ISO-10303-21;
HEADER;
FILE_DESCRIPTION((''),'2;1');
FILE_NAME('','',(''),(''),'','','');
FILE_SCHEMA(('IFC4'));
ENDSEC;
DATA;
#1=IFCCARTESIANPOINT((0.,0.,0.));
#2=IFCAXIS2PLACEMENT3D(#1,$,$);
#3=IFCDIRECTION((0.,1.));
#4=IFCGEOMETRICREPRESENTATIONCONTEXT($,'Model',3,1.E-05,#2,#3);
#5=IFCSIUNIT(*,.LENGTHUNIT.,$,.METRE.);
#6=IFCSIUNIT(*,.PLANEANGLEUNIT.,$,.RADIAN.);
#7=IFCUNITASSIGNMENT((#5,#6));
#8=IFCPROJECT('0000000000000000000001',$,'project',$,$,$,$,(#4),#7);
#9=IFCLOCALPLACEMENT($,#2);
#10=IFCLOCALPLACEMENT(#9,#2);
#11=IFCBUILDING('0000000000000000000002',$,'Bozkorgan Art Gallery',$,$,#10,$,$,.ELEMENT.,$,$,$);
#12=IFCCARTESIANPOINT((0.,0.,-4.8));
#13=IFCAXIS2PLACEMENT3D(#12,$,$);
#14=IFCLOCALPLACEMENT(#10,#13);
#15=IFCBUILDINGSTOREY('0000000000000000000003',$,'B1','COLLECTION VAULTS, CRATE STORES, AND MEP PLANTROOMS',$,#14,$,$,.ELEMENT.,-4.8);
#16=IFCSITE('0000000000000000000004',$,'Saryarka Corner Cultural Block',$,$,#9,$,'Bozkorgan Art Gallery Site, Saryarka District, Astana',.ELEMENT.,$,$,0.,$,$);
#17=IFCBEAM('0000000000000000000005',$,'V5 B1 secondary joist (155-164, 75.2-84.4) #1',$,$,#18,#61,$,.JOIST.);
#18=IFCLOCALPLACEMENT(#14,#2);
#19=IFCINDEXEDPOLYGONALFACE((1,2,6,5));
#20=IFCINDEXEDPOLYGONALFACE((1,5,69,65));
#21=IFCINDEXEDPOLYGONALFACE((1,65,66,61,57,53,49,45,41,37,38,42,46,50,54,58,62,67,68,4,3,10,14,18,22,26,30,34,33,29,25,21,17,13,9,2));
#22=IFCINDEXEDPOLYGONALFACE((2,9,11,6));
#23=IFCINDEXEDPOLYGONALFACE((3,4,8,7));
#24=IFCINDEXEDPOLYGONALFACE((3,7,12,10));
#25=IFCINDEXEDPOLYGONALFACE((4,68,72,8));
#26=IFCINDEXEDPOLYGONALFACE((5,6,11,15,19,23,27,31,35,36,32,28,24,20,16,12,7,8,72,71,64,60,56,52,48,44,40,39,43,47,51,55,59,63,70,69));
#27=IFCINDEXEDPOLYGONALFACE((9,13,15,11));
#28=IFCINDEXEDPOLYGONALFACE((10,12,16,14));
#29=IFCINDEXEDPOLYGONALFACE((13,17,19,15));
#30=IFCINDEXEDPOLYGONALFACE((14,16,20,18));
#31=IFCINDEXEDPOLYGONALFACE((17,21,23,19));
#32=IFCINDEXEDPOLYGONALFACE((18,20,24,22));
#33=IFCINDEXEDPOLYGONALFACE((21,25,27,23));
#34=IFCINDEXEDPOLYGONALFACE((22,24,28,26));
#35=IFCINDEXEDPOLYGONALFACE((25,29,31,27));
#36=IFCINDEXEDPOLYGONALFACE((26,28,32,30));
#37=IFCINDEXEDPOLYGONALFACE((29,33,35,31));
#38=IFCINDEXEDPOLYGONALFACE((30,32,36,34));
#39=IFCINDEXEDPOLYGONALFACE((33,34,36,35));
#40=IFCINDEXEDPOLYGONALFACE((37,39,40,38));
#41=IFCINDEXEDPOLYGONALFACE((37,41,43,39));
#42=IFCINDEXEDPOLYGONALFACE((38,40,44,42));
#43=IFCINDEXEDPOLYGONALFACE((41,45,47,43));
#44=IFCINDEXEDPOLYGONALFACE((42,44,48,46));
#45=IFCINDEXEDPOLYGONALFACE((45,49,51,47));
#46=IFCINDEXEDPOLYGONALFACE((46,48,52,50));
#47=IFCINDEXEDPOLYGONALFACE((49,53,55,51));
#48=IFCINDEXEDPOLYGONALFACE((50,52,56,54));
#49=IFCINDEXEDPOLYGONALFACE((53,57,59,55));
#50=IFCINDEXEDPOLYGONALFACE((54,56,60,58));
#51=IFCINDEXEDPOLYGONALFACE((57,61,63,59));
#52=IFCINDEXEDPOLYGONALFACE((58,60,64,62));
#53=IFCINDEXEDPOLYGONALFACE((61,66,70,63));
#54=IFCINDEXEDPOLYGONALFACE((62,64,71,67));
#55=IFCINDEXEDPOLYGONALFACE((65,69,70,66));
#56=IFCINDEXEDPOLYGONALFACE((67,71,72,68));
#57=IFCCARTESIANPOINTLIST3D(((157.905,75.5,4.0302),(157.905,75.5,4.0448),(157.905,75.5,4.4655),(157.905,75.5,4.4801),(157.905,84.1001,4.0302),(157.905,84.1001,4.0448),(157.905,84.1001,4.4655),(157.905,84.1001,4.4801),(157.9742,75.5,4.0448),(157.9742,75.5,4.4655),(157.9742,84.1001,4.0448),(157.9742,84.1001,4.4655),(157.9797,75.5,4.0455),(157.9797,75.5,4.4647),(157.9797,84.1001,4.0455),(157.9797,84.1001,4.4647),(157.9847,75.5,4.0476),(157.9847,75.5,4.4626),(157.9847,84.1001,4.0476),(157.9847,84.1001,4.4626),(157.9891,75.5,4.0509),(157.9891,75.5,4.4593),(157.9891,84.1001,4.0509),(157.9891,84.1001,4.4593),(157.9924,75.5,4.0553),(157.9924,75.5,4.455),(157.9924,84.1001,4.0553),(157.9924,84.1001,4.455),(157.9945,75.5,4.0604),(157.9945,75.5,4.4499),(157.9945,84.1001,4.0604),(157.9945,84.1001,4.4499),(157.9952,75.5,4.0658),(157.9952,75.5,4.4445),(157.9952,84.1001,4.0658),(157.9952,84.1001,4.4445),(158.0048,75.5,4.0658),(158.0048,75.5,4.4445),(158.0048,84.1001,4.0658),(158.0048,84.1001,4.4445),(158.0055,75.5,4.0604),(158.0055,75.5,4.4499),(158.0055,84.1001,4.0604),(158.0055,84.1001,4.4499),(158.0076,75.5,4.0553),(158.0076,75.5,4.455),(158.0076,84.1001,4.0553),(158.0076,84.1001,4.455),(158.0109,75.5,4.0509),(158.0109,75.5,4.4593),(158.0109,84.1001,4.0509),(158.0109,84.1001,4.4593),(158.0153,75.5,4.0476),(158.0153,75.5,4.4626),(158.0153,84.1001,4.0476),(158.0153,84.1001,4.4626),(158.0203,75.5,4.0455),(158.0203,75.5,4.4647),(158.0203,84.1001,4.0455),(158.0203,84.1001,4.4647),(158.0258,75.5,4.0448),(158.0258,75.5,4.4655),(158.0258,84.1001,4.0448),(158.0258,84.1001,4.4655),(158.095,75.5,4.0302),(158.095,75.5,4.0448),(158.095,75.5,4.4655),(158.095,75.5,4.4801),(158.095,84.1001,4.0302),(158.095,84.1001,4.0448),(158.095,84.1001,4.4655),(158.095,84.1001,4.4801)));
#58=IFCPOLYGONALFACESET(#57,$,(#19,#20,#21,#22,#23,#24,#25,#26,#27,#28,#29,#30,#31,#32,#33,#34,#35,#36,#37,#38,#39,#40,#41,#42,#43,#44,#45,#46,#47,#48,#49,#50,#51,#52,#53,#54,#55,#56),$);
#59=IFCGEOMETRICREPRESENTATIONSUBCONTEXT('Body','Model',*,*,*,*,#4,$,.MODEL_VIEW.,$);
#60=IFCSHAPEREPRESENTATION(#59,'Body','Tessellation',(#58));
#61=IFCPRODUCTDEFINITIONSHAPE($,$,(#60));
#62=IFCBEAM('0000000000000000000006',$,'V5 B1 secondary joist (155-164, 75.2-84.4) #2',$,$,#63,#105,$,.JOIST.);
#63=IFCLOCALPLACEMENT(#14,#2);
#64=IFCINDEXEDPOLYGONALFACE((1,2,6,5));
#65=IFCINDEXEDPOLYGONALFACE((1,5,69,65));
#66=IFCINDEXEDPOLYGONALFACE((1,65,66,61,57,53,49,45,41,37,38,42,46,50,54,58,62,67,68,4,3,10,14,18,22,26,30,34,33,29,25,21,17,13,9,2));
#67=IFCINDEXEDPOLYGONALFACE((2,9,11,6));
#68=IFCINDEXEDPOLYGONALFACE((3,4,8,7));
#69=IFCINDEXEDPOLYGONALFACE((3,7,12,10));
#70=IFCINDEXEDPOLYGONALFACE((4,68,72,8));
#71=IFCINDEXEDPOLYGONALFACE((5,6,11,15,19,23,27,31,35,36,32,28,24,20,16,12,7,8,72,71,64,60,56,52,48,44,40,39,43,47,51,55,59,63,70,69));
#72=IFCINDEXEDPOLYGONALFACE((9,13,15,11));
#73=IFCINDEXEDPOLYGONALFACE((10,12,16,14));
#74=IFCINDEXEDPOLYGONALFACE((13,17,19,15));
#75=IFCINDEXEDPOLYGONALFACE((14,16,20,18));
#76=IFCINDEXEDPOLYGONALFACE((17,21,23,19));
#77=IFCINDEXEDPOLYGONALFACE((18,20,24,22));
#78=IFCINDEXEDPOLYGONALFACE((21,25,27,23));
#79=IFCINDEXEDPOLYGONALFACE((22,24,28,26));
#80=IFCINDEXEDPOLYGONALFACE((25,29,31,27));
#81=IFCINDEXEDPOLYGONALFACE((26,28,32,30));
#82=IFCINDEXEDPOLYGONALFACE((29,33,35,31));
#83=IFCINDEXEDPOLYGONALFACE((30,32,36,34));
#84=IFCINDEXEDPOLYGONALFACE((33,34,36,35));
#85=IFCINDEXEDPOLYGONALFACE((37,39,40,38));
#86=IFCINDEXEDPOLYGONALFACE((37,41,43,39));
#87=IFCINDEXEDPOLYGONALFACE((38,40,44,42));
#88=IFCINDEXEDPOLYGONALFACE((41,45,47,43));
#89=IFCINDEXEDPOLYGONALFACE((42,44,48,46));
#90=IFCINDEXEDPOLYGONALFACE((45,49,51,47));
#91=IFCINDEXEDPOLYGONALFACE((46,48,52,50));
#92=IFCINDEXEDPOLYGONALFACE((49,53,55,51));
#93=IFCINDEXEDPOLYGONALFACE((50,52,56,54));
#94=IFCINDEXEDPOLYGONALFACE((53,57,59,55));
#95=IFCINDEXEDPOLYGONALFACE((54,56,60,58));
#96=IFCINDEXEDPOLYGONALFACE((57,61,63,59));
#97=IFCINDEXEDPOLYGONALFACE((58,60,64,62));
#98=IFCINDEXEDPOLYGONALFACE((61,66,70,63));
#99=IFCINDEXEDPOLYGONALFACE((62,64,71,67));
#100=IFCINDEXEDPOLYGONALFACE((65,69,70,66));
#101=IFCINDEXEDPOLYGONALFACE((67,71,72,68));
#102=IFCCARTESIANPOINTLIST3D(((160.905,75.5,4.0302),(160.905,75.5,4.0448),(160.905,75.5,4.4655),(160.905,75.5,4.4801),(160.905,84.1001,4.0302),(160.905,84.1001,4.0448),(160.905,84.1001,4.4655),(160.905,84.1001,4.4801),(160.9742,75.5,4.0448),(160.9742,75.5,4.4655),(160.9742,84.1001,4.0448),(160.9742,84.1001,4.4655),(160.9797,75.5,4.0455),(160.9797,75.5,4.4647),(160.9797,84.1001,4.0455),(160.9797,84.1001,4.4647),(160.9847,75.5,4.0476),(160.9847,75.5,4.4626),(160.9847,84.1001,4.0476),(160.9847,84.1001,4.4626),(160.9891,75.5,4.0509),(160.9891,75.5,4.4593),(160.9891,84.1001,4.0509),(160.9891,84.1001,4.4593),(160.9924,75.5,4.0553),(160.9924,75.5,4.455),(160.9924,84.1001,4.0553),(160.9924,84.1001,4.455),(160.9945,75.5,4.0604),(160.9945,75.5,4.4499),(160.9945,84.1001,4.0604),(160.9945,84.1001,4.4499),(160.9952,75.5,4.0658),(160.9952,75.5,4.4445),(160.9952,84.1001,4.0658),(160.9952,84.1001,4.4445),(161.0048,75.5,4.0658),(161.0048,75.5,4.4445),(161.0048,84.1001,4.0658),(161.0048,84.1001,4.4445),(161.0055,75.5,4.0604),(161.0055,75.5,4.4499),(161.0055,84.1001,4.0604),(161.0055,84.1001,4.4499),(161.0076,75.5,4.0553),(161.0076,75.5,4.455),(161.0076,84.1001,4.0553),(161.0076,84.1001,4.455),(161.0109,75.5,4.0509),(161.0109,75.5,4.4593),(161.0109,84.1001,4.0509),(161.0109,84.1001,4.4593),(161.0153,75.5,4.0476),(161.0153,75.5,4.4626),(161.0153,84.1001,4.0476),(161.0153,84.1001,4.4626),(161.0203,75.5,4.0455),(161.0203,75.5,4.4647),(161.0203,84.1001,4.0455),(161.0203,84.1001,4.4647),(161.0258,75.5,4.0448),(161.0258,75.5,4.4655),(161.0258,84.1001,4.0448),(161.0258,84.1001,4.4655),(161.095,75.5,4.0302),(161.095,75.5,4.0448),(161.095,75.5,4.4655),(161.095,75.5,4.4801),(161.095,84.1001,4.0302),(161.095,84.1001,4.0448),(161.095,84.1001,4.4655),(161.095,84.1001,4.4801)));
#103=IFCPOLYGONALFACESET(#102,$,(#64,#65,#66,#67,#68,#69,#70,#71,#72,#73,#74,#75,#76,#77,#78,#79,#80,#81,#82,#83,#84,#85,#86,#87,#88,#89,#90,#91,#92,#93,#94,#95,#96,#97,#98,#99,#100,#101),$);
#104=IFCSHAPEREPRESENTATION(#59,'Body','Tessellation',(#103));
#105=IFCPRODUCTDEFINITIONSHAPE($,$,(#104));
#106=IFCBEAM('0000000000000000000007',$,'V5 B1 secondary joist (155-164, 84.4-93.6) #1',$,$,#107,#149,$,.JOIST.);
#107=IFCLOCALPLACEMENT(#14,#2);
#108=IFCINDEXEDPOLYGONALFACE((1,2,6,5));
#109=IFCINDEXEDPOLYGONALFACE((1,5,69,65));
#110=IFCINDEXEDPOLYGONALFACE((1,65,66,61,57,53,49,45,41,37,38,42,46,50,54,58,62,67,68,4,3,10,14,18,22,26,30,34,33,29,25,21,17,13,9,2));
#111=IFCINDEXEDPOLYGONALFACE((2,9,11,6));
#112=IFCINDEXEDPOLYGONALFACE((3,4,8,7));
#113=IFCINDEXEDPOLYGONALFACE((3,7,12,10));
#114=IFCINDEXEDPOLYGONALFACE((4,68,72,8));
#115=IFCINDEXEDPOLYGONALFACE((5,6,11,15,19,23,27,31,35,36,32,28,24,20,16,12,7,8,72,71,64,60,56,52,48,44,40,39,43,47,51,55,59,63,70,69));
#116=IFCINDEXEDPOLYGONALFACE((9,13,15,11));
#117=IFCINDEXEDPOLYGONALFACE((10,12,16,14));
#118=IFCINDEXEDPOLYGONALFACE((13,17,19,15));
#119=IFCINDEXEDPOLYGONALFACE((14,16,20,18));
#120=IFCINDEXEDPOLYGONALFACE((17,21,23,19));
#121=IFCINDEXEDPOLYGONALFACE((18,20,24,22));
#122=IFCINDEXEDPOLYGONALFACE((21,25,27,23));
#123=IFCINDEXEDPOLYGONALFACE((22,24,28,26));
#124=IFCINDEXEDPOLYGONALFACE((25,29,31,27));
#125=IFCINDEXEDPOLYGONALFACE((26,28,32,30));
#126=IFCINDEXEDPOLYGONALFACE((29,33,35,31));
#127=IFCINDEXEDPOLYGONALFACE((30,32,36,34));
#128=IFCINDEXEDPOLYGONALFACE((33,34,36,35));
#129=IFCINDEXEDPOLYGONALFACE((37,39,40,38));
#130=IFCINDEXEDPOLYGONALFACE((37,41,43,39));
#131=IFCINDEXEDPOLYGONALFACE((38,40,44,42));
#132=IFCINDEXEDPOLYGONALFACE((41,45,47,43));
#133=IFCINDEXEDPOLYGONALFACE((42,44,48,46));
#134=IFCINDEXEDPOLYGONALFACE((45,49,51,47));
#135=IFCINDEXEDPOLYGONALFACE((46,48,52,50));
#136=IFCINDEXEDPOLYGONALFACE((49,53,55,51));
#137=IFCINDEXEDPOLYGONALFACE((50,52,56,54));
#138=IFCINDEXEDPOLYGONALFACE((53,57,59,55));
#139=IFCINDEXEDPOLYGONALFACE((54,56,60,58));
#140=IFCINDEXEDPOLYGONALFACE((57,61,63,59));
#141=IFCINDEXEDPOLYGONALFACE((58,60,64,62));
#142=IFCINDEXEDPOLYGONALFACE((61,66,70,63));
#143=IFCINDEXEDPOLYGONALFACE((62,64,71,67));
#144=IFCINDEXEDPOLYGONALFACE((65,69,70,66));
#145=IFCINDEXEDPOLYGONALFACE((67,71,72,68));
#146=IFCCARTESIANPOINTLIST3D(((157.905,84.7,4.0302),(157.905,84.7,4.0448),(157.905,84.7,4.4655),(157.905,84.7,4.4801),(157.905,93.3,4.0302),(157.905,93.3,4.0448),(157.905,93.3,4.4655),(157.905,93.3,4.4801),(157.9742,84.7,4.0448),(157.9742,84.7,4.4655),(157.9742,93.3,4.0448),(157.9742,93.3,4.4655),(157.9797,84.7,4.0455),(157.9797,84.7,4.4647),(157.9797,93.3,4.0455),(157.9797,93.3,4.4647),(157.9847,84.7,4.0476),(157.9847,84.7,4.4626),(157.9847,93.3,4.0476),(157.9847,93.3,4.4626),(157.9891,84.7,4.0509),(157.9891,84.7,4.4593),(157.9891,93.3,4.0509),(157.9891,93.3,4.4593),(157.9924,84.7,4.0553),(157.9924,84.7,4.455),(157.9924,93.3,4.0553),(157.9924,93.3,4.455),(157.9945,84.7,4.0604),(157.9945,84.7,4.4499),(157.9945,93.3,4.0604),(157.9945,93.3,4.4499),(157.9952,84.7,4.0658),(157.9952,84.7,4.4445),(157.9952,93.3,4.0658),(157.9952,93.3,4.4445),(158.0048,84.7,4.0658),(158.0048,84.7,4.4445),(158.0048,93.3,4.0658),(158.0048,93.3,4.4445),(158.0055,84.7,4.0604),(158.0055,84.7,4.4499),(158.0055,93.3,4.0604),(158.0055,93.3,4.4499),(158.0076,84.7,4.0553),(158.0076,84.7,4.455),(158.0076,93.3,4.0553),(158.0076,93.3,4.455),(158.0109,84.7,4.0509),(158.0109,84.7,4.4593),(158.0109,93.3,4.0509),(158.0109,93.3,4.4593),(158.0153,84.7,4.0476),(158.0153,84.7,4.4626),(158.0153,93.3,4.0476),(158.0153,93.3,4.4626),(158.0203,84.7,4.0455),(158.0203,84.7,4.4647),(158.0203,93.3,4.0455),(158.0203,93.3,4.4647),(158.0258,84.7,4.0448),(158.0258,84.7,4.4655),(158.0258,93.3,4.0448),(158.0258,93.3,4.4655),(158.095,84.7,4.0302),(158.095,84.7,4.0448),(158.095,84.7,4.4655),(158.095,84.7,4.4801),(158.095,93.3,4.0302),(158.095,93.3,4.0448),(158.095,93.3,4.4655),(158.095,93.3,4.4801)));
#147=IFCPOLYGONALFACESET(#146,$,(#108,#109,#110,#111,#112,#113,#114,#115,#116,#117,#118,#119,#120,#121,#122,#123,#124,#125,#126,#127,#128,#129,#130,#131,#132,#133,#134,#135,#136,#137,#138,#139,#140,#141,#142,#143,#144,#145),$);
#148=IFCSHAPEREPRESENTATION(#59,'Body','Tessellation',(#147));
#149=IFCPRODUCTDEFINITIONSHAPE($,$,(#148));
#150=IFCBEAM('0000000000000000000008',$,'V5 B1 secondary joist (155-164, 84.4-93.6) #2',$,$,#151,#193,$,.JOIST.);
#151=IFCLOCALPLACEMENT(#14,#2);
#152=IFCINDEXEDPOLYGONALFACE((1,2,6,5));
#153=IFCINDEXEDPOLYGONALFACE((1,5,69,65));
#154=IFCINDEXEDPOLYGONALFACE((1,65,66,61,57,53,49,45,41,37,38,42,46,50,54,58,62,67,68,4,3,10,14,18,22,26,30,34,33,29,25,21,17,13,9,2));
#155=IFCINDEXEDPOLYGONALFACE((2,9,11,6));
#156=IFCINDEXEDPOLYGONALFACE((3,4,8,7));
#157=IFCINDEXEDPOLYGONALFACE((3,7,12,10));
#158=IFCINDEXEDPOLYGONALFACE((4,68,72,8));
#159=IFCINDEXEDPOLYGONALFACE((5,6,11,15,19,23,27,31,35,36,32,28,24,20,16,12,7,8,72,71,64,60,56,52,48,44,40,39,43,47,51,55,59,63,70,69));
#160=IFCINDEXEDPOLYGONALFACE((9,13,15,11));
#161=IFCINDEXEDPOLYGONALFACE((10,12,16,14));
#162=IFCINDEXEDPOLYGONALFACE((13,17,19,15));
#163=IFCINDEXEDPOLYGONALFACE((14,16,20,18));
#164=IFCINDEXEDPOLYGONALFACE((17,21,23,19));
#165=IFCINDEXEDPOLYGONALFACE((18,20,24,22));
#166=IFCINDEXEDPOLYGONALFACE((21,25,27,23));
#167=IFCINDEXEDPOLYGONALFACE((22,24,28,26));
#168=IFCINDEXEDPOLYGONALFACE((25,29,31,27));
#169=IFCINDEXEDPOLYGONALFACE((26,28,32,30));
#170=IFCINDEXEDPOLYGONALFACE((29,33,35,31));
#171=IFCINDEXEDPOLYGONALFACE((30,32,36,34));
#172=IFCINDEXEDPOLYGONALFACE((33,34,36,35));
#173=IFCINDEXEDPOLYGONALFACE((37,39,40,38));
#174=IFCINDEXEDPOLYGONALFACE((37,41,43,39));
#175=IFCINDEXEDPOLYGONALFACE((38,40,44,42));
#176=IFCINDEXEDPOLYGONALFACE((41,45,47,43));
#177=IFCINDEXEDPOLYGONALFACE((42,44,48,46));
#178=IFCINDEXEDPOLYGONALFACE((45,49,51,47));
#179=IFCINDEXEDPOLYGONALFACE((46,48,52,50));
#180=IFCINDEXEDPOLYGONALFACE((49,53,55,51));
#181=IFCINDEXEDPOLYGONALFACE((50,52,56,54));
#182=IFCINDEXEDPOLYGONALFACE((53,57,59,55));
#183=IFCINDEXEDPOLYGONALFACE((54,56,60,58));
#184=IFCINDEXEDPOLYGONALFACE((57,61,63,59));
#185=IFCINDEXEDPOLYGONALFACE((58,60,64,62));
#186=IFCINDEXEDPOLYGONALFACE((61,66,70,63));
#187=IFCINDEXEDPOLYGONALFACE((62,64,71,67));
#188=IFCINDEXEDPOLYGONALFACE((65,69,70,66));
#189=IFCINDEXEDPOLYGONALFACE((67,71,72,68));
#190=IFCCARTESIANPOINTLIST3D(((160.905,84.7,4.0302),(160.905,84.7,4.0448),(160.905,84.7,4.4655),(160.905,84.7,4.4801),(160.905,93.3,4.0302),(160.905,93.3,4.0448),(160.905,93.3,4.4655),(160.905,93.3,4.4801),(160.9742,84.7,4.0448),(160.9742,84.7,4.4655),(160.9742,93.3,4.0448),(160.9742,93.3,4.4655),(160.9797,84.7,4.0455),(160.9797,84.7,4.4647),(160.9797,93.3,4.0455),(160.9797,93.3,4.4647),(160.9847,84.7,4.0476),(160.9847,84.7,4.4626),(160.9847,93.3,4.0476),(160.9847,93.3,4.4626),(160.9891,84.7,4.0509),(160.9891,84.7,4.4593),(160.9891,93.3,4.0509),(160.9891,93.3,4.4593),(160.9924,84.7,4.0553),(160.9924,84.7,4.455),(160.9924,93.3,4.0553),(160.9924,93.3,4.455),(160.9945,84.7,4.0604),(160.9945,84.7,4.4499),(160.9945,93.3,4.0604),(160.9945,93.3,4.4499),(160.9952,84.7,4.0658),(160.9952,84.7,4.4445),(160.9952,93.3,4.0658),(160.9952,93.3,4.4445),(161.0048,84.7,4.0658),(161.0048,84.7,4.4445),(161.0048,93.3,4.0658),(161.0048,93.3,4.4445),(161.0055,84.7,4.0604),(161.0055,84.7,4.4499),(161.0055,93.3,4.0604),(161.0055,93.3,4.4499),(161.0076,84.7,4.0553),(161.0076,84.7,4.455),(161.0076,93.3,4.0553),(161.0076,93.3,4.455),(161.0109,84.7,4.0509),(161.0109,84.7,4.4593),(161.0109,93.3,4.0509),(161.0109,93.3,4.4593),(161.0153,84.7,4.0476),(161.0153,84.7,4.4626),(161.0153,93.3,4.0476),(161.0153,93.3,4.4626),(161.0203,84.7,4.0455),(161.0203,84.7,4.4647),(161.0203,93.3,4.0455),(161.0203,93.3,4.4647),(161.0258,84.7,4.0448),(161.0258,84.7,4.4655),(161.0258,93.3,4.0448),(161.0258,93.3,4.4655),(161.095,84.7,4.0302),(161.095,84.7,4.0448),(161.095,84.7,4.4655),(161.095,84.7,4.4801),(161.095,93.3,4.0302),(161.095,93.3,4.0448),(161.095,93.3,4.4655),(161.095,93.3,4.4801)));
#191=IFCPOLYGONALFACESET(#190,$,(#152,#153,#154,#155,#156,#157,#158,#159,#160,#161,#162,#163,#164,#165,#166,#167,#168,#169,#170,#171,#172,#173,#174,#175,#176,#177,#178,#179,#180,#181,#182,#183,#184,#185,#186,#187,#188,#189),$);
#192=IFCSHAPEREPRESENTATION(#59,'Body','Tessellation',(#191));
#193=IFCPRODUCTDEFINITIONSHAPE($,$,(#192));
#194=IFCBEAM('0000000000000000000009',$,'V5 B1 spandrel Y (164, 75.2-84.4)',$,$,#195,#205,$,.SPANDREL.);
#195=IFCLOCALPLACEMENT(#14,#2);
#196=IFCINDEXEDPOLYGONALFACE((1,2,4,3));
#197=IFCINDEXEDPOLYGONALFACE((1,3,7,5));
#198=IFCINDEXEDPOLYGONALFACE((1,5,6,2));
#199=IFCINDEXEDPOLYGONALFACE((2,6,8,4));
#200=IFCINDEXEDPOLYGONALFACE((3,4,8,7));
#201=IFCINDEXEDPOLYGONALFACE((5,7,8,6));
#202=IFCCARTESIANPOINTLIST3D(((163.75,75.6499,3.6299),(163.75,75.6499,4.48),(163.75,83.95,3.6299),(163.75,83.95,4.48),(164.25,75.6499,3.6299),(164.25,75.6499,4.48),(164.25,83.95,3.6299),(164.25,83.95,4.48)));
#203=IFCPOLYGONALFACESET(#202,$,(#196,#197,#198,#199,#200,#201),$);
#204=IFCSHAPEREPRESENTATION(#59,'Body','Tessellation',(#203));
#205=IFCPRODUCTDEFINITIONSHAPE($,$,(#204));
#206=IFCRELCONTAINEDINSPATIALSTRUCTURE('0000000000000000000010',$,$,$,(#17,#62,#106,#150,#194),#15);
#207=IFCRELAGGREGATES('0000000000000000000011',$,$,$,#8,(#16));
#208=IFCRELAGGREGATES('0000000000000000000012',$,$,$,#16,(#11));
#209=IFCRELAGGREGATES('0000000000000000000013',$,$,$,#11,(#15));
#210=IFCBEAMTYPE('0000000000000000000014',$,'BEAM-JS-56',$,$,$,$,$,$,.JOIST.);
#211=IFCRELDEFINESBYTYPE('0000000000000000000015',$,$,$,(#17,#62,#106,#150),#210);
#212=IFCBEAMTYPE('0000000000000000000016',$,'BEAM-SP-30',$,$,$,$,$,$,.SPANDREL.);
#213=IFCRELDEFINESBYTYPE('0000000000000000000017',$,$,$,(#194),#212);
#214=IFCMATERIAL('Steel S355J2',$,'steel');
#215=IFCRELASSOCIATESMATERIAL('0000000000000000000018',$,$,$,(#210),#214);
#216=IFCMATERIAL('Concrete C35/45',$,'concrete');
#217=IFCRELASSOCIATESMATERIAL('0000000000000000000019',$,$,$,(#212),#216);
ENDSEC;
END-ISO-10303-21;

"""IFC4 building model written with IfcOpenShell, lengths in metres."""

from ifc_helpers import new_model, si_unit, direction, frame, origin, origin_2d, place, context, subcontext, project, spatial, rectangle, i_section, extrude, material, material_profile, profile_set, type_object, element, save


model = new_model("IFC4")

# Units and contexts
model_context = context("Model", 3, precision=1e-05, world=origin(), true_north=direction((0.0, 1.0)))
body_context = subcontext(model_context, "Body", "Model", "MODEL_VIEW")
ifc_project = project(units=[si_unit("LENGTHUNIT", "METRE"), si_unit("PLANEANGLEUNIT", "RADIAN")], contexts=[model_context])

# Site, building, storey
site_placement = place(None, origin())
site = spatial("IfcSite", under=ifc_project, at=site_placement, Name="Saryarka Corner Cultural Block", LongName="Bozkorgan Art Gallery Site, Saryarka District, Astana", CompositionType="ELEMENT", RefElevation=0.0)
building_placement = place(site_placement, origin())
building = spatial("IfcBuilding", under=site, at=building_placement, Name="Bozkorgan Art Gallery", CompositionType="ELEMENT")
storey_placement = place(building_placement, frame((0.0, 0.0, -4.8)))
storey = spatial("IfcBuildingStorey", under=building, at=storey_placement, Name="B1", Description="COLLECTION VAULTS, CRATE STORES, AND MEP PLANTROOMS", CompositionType="ELEMENT", Elevation=-4.8)

# Beams
ifc_material_1 = material(Name="Concrete C35/45", Category="concrete")
ifc_material_2 = material(Name="Steel S355J2", Category="steel")
ifc_material_profile_1 = material_profile(ifc_material_2, i_section(OverallWidth=0.1899, OverallDepth=0.45, WebThickness=0.0095, FlangeThickness=0.0146, FilletRadius=0.021, at=origin_2d()), Name="IPE 450")
ifc_profile_set_1 = profile_set([ifc_material_profile_1], Name="Steel S355J2")
beam_type_1 = type_object("IfcBeamType", Name="BEAM-JS-56", PredefinedType="JOIST", material=ifc_profile_set_1)
for number, where, z_axis, x_axis, name in (
    (1, (158.0, 75.5, 4.2551), (0.0, 1.0, 0.0), (-1.0, 0.0, 0.0), "V5 B1 secondary joist (155-164, 75.2-84.4) #1"),
    (2, (161.0, 75.5, 4.2551), (0.0, 1.0, 0.0), (-1.0, 0.0, 0.0), "V5 B1 secondary joist (155-164, 75.2-84.4) #2"),
    (3, (158.0, 84.7, 4.2551), (0.0, 1.0, 0.0), (-1.0, 0.0, 0.0), "V5 B1 secondary joist (155-164, 84.4-93.6) #1"),
    (4, (161.0, 84.7, 4.2551), (0.0, 1.0, 0.0), (-1.0, 0.0, 0.0), "V5 B1 secondary joist (155-164, 84.4-93.6) #2"),
):
    element("IfcBeam", number, at=place(storey_placement, frame(where, z_axis=z_axis, x_axis=x_axis)), inside=storey, type_object=beam_type_1, Name=name, PredefinedType="JOIST", context=body_context, shape_type="SweptSolid", body=[
        extrude(i_section(OverallWidth=0.1899, OverallDepth=0.45, WebThickness=0.0095, FlangeThickness=0.0146, FilletRadius=0.021, at=origin_2d()), origin(), (0.0, 0.0, 1.0), 8.6001),
    ])
ifc_material_profile_2 = material_profile(ifc_material_1, rectangle(XDim=0.5, YDim=0.8501, at=origin_2d()), Name="RC 500x850")
ifc_profile_set_2 = profile_set([ifc_material_profile_2], Name="Concrete C35/45")
beam_type_2 = type_object("IfcBeamType", Name="BEAM-SP-30", PredefinedType="SPANDREL", material=ifc_profile_set_2)
beam_1_placement = place(storey_placement, frame((164.0, 75.6499, 4.0549), z_axis=(0.0, 1.0, 0.0), x_axis=(-1.0, 0.0, 0.0)))
element("IfcBeam", 5, at=beam_1_placement, inside=storey, type_object=beam_type_2, Name="V5 B1 spandrel Y (164, 75.2-84.4)", PredefinedType="SPANDREL", context=body_context, shape_type="SweptSolid", body=[
    extrude(rectangle(XDim=0.5, YDim=0.8501, at=origin_2d()), origin(), (0.0, 0.0, 1.0), 8.3),
])

save(model, "model.ifc")
